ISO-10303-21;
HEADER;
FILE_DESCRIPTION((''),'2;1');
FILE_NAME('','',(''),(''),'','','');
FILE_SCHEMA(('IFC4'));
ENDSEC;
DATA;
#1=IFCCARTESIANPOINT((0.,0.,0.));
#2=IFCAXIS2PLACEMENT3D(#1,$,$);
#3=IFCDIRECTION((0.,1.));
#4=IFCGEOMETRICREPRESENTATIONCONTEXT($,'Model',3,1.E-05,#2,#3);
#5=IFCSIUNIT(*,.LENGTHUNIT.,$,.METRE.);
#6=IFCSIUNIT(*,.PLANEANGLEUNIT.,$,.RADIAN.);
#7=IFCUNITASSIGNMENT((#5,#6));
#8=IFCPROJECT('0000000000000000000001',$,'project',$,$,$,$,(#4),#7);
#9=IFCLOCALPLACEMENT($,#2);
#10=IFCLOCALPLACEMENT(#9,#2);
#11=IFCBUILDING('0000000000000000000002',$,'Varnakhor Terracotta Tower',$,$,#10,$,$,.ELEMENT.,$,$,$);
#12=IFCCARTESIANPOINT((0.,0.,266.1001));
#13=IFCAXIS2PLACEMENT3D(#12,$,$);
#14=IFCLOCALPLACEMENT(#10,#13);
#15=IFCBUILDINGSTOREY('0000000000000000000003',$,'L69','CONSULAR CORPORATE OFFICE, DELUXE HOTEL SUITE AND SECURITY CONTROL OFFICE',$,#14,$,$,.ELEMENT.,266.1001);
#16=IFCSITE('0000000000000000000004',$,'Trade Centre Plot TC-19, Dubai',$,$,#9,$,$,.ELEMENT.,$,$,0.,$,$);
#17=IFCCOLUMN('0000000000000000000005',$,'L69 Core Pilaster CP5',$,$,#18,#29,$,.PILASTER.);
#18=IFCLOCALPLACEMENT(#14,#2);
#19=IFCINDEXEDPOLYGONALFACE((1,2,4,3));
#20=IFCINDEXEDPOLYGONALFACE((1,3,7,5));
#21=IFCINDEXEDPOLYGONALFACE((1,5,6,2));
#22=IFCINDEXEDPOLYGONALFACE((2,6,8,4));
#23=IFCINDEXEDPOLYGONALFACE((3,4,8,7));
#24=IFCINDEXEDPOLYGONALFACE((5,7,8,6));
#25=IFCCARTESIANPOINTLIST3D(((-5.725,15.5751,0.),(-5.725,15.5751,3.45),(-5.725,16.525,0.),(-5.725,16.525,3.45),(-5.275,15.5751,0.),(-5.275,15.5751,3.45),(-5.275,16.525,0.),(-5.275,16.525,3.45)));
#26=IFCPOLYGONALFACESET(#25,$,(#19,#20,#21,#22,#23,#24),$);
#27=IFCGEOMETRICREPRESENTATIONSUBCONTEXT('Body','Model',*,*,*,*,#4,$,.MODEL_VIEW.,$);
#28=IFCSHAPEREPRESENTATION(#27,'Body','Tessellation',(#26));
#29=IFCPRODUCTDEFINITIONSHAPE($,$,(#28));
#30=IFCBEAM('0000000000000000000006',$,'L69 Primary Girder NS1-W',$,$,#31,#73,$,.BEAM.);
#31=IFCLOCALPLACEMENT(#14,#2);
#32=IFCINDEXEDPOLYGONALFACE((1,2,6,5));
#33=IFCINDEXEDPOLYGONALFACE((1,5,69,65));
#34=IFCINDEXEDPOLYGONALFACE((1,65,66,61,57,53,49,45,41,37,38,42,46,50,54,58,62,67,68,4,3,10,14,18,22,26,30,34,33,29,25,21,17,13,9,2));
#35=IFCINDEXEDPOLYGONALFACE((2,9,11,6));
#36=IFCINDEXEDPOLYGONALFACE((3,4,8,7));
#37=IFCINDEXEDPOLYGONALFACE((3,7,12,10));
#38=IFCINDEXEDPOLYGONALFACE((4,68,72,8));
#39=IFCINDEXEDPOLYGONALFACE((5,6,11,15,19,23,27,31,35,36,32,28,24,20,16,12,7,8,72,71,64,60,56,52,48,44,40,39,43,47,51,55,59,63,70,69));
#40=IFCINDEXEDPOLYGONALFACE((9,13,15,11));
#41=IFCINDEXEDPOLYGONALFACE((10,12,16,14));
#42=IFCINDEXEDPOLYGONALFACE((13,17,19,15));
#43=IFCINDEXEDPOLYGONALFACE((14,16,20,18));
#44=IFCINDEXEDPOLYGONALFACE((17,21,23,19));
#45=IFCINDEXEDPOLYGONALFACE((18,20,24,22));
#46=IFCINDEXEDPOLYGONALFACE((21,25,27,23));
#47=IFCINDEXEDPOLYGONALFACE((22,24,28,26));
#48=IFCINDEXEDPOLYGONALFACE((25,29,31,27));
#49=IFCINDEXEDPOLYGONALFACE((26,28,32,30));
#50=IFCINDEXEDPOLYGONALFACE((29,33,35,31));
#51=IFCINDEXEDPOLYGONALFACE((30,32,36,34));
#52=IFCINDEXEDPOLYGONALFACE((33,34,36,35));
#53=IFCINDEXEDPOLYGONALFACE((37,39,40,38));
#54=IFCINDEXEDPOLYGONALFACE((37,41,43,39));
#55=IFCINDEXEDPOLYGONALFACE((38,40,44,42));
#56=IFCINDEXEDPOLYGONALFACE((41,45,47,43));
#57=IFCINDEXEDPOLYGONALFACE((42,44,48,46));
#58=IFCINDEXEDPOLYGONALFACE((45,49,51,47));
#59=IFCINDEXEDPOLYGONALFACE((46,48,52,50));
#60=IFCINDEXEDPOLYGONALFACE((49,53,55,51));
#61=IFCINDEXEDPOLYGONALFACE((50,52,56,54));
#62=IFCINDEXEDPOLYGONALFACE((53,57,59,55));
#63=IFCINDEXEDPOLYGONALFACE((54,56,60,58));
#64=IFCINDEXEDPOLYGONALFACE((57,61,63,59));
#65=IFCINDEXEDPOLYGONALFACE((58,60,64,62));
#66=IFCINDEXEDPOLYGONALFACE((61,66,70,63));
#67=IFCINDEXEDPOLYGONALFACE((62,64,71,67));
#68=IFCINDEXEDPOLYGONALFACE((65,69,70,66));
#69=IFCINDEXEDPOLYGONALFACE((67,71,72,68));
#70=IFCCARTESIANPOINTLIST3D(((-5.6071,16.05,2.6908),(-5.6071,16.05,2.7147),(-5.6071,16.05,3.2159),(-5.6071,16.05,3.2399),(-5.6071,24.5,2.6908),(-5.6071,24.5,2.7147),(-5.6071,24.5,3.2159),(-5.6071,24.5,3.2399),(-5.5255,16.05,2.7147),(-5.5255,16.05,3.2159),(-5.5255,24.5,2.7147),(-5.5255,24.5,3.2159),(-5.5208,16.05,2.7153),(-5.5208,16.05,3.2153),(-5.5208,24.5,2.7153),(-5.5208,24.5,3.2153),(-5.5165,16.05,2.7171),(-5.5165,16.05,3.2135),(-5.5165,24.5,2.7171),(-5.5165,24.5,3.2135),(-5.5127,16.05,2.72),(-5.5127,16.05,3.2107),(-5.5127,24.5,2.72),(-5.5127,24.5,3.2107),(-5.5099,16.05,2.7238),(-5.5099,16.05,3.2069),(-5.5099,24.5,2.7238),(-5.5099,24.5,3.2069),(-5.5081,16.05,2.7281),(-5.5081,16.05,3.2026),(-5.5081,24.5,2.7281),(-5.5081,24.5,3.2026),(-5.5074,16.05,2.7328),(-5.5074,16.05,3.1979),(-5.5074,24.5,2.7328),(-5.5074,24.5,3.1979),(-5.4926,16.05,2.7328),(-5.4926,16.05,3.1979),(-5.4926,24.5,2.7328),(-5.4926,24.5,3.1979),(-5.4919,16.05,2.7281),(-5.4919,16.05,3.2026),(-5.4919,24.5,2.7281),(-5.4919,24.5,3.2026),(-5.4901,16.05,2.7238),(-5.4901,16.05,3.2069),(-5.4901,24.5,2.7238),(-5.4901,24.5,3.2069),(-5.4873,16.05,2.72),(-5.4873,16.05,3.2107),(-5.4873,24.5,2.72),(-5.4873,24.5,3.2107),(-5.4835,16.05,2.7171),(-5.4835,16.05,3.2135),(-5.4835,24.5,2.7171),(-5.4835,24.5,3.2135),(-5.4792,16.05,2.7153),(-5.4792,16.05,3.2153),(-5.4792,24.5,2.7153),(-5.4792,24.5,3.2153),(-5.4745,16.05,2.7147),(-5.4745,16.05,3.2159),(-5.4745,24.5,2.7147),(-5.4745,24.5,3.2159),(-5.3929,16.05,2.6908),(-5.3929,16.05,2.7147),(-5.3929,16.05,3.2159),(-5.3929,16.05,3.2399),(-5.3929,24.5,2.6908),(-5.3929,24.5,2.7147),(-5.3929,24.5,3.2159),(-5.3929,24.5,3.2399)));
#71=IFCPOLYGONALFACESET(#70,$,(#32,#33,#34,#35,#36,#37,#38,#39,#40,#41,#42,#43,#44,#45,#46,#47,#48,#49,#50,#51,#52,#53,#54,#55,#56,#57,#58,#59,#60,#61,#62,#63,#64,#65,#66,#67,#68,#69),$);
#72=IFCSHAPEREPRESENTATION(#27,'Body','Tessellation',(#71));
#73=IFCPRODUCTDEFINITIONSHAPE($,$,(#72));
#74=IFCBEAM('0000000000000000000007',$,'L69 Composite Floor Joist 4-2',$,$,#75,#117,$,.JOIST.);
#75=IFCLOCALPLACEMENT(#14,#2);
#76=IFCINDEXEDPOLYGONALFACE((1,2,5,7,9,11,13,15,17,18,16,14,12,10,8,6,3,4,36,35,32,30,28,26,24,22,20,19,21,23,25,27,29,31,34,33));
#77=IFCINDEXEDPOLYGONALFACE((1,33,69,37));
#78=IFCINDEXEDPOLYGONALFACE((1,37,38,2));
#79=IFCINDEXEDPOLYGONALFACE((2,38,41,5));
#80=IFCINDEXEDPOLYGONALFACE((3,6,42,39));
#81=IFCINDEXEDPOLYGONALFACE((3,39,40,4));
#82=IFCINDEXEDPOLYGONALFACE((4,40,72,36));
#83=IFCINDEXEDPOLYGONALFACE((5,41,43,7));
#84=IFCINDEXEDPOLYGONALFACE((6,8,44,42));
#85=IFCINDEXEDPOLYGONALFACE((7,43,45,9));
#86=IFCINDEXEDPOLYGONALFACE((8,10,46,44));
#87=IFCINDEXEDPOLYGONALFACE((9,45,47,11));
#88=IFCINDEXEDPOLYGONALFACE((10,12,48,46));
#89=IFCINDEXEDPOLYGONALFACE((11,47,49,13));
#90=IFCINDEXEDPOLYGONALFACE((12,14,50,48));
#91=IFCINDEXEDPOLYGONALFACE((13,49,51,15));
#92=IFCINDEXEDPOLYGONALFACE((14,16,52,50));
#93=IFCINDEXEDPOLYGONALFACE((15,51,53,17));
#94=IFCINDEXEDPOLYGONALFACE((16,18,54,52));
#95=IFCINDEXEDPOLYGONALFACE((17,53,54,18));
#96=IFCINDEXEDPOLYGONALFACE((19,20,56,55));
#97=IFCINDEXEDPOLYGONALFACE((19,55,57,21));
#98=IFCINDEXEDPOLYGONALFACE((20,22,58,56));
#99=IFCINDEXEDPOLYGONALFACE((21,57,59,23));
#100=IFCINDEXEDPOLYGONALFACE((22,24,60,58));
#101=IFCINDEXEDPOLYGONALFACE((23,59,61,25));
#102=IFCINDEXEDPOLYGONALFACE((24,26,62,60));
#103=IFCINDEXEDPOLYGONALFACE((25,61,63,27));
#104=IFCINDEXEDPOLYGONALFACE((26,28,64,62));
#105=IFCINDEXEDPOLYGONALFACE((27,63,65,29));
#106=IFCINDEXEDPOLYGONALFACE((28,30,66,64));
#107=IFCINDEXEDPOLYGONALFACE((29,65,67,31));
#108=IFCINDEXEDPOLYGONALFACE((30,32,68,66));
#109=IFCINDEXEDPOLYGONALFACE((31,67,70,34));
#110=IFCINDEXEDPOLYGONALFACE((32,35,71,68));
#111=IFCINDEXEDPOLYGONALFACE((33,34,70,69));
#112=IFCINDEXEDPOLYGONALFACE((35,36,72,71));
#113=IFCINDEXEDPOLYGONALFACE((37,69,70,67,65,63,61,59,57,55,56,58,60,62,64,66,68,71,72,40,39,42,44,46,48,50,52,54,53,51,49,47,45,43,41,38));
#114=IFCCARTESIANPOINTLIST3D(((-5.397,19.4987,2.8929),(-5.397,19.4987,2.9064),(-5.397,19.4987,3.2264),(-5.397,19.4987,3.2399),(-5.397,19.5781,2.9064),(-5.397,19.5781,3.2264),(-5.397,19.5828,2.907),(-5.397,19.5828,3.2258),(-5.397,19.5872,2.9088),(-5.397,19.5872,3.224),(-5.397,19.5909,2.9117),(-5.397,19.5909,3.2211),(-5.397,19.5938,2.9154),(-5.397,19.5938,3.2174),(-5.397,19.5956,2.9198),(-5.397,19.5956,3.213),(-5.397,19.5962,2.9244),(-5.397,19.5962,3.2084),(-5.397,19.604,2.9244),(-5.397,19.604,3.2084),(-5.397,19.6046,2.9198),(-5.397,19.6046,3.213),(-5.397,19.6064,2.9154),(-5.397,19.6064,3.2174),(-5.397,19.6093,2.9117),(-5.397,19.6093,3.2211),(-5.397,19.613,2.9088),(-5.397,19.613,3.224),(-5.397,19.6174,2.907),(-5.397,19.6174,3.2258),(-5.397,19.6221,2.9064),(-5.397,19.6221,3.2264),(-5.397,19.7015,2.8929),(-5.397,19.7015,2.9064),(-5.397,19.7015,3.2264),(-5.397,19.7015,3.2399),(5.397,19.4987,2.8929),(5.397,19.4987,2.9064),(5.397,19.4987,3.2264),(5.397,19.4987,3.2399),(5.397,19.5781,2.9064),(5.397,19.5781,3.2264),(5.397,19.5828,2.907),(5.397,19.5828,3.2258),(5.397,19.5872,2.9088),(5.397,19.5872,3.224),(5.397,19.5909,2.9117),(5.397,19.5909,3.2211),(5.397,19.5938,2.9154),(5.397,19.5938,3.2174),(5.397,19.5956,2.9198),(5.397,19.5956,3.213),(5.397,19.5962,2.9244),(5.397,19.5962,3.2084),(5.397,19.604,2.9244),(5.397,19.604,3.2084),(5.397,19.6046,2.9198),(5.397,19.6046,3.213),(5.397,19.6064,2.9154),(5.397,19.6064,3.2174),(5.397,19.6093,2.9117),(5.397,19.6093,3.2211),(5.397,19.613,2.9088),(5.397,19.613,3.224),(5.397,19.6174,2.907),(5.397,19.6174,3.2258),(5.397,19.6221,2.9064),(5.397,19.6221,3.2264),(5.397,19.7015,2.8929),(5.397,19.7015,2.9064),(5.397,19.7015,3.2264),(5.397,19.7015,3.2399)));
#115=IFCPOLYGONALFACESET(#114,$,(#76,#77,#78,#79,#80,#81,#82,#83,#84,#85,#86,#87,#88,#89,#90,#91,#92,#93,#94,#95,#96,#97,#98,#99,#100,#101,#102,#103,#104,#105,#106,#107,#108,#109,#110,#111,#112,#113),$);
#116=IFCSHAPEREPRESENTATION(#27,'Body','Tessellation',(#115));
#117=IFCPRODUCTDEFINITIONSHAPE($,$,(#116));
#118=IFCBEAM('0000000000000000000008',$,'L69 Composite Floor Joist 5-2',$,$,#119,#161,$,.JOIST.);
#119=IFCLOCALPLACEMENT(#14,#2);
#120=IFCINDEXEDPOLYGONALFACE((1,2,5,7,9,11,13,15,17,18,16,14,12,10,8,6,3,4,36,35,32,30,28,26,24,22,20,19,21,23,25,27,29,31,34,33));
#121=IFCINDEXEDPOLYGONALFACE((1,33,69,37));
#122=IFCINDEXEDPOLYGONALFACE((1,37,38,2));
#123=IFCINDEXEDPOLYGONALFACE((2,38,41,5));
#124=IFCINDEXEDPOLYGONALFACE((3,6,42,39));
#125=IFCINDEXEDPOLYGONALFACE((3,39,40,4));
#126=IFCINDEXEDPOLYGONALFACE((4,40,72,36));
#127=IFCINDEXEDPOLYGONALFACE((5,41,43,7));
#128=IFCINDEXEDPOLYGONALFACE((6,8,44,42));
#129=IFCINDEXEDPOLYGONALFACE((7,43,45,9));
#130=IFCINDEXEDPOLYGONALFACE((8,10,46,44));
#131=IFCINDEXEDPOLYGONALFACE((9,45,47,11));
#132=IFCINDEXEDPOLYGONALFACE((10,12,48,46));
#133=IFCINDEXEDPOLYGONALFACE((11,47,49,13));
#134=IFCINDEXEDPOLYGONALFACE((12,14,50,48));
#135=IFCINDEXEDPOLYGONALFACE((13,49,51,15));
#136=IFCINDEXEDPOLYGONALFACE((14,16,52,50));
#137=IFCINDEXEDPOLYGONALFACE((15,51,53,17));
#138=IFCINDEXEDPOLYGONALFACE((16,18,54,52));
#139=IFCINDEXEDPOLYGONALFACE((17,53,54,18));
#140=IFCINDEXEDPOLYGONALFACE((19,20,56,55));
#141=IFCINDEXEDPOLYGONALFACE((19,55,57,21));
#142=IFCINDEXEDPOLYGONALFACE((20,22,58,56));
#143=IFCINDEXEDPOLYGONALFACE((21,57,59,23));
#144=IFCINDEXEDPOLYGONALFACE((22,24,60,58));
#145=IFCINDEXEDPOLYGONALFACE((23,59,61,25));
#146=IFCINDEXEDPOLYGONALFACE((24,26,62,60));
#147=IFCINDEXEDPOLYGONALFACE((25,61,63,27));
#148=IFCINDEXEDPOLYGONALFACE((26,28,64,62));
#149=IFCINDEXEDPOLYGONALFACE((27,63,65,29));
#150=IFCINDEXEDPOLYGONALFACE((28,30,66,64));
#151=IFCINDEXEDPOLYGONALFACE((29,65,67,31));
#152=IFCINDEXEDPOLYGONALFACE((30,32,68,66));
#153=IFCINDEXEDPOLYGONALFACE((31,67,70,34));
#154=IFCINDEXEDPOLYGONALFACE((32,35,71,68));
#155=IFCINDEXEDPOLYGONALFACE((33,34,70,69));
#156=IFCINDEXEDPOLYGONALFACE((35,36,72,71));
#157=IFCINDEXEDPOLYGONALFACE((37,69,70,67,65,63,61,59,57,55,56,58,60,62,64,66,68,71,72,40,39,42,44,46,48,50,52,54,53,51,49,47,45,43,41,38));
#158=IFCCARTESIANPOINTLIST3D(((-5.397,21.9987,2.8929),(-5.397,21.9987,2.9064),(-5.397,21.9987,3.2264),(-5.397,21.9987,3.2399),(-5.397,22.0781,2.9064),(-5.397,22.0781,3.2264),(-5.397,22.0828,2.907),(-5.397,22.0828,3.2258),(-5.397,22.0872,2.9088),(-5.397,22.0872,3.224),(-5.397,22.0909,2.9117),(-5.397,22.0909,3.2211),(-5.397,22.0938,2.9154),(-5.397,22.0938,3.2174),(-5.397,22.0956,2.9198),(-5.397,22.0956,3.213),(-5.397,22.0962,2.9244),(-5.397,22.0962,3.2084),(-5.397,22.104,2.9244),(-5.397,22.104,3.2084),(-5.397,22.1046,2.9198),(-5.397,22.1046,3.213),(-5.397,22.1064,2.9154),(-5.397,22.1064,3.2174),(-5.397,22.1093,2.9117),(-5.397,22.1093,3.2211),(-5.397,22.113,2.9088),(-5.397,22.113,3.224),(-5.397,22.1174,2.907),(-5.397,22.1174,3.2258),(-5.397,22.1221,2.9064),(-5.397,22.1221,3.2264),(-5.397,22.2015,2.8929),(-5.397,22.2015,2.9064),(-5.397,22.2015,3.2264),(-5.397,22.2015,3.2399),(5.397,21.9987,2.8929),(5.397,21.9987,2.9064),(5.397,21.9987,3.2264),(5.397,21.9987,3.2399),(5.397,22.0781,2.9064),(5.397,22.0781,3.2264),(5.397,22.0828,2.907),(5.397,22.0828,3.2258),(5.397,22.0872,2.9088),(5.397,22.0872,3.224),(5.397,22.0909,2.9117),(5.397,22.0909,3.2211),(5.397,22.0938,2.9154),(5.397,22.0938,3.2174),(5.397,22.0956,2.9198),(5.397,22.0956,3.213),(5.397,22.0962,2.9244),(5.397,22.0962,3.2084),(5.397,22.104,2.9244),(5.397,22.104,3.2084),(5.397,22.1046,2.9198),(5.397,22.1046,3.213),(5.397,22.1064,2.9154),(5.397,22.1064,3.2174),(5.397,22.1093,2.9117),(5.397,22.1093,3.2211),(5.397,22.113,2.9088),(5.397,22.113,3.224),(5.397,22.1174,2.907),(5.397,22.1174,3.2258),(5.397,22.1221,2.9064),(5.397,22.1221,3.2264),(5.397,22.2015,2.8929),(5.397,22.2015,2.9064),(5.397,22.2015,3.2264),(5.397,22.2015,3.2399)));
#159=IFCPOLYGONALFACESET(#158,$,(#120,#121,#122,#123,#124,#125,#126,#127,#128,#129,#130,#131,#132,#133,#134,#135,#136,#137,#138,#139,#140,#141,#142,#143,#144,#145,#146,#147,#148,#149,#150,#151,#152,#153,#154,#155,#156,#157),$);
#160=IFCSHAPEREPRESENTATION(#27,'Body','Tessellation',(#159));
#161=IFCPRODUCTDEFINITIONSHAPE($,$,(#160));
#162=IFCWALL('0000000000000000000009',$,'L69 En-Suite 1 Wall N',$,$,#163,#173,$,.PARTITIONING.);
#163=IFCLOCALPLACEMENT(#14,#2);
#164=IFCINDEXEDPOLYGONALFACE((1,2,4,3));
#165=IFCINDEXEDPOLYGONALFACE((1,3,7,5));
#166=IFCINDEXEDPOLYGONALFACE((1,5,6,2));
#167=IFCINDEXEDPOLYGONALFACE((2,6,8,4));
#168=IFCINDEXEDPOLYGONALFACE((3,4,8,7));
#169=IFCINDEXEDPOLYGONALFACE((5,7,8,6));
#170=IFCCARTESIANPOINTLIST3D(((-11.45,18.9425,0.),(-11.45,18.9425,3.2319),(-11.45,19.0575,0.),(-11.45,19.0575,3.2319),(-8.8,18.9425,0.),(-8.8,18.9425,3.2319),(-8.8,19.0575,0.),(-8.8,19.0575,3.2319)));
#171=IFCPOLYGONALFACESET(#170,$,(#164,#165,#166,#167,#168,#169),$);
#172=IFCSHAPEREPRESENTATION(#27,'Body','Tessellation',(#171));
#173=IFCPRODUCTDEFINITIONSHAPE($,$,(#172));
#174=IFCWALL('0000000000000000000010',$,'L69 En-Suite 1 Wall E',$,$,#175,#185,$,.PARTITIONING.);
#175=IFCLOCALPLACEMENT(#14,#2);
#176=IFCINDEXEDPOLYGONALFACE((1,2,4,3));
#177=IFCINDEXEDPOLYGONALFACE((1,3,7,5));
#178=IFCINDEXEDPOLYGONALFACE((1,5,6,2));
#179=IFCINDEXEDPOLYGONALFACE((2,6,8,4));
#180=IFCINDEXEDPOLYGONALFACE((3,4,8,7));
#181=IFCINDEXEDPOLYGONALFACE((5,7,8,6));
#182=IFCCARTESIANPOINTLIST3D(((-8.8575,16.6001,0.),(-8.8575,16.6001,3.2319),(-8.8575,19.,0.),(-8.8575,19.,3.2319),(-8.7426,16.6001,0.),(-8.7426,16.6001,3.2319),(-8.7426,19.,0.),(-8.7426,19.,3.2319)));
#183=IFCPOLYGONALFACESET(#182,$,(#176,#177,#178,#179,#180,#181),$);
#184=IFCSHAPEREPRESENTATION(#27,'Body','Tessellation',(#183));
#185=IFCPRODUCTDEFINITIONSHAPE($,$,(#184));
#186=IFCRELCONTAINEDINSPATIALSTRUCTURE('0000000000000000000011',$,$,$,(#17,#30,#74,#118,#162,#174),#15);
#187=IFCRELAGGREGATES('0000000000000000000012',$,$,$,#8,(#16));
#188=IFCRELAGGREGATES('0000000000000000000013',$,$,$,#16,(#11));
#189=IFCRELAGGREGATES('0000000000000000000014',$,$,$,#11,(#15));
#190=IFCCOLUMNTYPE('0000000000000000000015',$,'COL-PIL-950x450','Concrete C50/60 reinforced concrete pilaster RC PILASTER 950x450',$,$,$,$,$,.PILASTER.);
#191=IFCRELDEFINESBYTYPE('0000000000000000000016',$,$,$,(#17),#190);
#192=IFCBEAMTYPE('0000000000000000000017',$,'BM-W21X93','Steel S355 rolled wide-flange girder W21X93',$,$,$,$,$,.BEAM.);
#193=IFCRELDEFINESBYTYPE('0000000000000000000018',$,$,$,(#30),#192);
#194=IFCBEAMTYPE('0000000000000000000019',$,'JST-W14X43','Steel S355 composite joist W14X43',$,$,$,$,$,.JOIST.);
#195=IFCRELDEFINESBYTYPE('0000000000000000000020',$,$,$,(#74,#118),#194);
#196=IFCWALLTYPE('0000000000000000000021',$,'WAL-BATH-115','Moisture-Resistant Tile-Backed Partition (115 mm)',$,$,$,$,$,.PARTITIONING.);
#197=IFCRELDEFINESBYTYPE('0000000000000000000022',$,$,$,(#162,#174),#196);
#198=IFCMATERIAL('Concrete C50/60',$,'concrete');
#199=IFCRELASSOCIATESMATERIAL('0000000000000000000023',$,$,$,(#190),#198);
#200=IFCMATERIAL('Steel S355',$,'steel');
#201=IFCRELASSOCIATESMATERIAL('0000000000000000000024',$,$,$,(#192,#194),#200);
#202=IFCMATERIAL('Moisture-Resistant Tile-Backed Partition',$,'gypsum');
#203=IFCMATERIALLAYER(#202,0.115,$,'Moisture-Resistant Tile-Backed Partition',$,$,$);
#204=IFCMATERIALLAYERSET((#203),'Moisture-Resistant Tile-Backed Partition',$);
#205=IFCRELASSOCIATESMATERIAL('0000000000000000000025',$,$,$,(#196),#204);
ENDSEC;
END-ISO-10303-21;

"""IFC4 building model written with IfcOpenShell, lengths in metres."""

from ifc_helpers import new_model, si_unit, direction, frame, frame_2d, origin, origin_2d, place, context, subcontext, project, spatial, rectangle, i_section, extrude, source, transform, mapped, material, layer, layer_set, material_profile, profile_set, type_object, type_shapes, element, save


model = new_model("IFC4")

# Units and contexts
model_context = context("Model", 3, precision=1e-05, world=origin(), true_north=direction((0.0, 1.0)))
body_context = subcontext(model_context, "Body", "Model", "MODEL_VIEW")
ifc_project = project(units=[si_unit("LENGTHUNIT", "METRE"), si_unit("PLANEANGLEUNIT", "RADIAN")], contexts=[model_context])

# Site, building, storey
site_placement = place(None, origin())
site = spatial("IfcSite", under=ifc_project, at=site_placement, Name="Trade Centre Plot TC-19, Dubai", CompositionType="ELEMENT", RefElevation=0.0)
building_placement = place(site_placement, origin())
building = spatial("IfcBuilding", under=site, at=building_placement, Name="Varnakhor Terracotta Tower", CompositionType="ELEMENT")
storey_placement = place(building_placement, frame((0.0, 0.0, 266.1001)))
storey = spatial("IfcBuildingStorey", under=building, at=storey_placement, Name="L69", Description="CONSULAR CORPORATE OFFICE, DELUXE HOTEL SUITE AND SECURITY CONTROL OFFICE", CompositionType="ELEMENT", Elevation=266.1001)

# Column
ifc_material_1 = material(Name="Concrete C50/60", Category="concrete")
ifc_material_profile_1 = material_profile(ifc_material_1, rectangle(XDim=0.45, YDim=0.95, at=origin_2d()), Name="RC PILASTER 950x450")
ifc_profile_set_1 = profile_set([ifc_material_profile_1], Name="Concrete C50/60")
column_type = type_object("IfcColumnType", Name="COL-PIL-950x450", Description="Concrete C50/60 reinforced concrete pilaster RC PILASTER 950x450", PredefinedType="PILASTER", material=ifc_profile_set_1)
shared_shape_1 = source(origin(), body_context, "Body", "SweptSolid", [
    extrude(rectangle(XDim=0.45, YDim=0.95, at=origin_2d()), origin(), (0.0, 0.0, 1.0), 3.45),
])
column_placement = place(storey_placement, frame((-5.5, 16.05, 0.0), z_axis=(0.0, 0.0, 1.0), x_axis=(1.0, 0.0, 0.0)))
element("IfcColumn", 1, at=column_placement, inside=storey, type_object=column_type, Name="L69 Core Pilaster CP5", PredefinedType="PILASTER", context=body_context, shape_type="MappedRepresentation", body=[
    mapped(shared_shape_1, transform((0.0, 0.0, 0.0), scale=1.0)),
])

# Beams
ifc_material_2 = material(Name="Steel S355", Category="steel")
ifc_material_profile_2 = material_profile(ifc_material_2, i_section(OverallWidth=0.2141, OverallDepth=0.5491, WebThickness=0.0149, FlangeThickness=0.0239, FilletRadius=0.0181, at=origin_2d()), Name="W21X93")
ifc_profile_set_2 = profile_set([ifc_material_profile_2], Name="Steel S355")
beam_type_1 = type_object("IfcBeamType", Name="BM-W21X93", Description="Steel S355 rolled wide-flange girder W21X93", PredefinedType="BEAM", material=ifc_profile_set_2)
shared_shape_2 = source(origin(), body_context, "Body", "SweptSolid", [
    extrude(i_section(OverallWidth=0.2141, OverallDepth=0.5491, WebThickness=0.0149, FlangeThickness=0.0239, FilletRadius=0.0181, at=origin_2d()), origin(), (0.0, 0.0, 1.0), 8.45),
])
type_shapes(beam_type_1, [shared_shape_2])
beam_placement = place(storey_placement, frame((-5.5, 16.05, 2.9653), z_axis=(0.0, 1.0, 0.0), x_axis=(-1.0, 0.0, 0.0)))
element("IfcBeam", 2, at=beam_placement, inside=storey, type_object=beam_type_1, Name="L69 Primary Girder NS1-W", PredefinedType="BEAM", context=body_context, shape_type="MappedRepresentation", body=[
    mapped(shared_shape_2, transform((0.0, 0.0, 0.0), scale=1.0)),
])
ifc_material_profile_3 = material_profile(ifc_material_2, i_section(OverallWidth=0.2029, OverallDepth=0.3469, WebThickness=0.0078, FlangeThickness=0.0134, FilletRadius=0.0181, at=origin_2d()), Name="W14X43")
ifc_profile_set_3 = profile_set([ifc_material_profile_3], Name="Steel S355")
beam_type_2 = type_object("IfcBeamType", Name="JST-W14X43", Description="Steel S355 composite joist W14X43", PredefinedType="JOIST", material=ifc_profile_set_3)
shared_shape_3 = source(origin(), body_context, "Body", "SweptSolid", [
    extrude(i_section(OverallWidth=0.2029, OverallDepth=0.3469, WebThickness=0.0078, FlangeThickness=0.0134, FilletRadius=0.0181, at=origin_2d()), origin(), (0.0, 0.0, 1.0), 10.7939),
])
for number, where, z_axis, x_axis, name in (
    (3, (-5.397, 19.6001, 3.0664), (1.0, 0.0, 0.0), (0.0, 1.0, 0.0), "L69 Composite Floor Joist 4-2"),
    (4, (-5.397, 22.1001, 3.0664), (1.0, 0.0, 0.0), (0.0, 1.0, 0.0), "L69 Composite Floor Joist 5-2"),
):
    element("IfcBeam", number, at=place(storey_placement, frame(where, z_axis=z_axis, x_axis=x_axis)), inside=storey, type_object=beam_type_2, Name=name, PredefinedType="JOIST", context=body_context, shape_type="MappedRepresentation", body=[
        mapped(shared_shape_3, transform((0.0, 0.0, 0.0), scale=1.0)),
    ])

# Walls
ifc_material_3 = material(Name="Moisture-Resistant Tile-Backed Partition", Category="gypsum")
ifc_layer_1 = layer(ifc_material_3, 0.115, Name="Moisture-Resistant Tile-Backed Partition")
ifc_layer_set_1 = layer_set([ifc_layer_1], Name="Moisture-Resistant Tile-Backed Partition")
wall_type_1 = type_object("IfcWallType", Name="WAL-BATH-115", Description="Moisture-Resistant Tile-Backed Partition (115 mm)", PredefinedType="PARTITIONING", material=ifc_layer_set_1)
wall_1_placement = place(storey_placement, frame((-11.45, 19.0, 0.0), z_axis=(0.0, 0.0, 1.0), x_axis=(1.0, 0.0, 0.0)))
element("IfcWall", 5, at=wall_1_placement, inside=storey, type_object=wall_type_1, Name="L69 En-Suite 1 Wall N", PredefinedType="PARTITIONING", context=body_context, shape_type="SweptSolid", body=[
    extrude(rectangle(XDim=2.6499, YDim=0.115, at=frame_2d((1.325, 0.0))), origin(), (0.0, 0.0, 1.0), 3.2319),
])
wall_2_placement = place(storey_placement, frame((-8.8, 16.6001, 0.0), z_axis=(0.0, 0.0, 1.0), x_axis=(0.0, 1.0, 0.0)))
element("IfcWall", 6, at=wall_2_placement, inside=storey, type_object=wall_type_1, Name="L69 En-Suite 1 Wall E", PredefinedType="PARTITIONING", context=body_context, shape_type="SweptSolid", body=[
    extrude(rectangle(XDim=2.3999, YDim=0.115, at=frame_2d((1.2, 0.0))), origin(), (0.0, 0.0, 1.0), 3.2319),
])

save(model, "model.ifc")
